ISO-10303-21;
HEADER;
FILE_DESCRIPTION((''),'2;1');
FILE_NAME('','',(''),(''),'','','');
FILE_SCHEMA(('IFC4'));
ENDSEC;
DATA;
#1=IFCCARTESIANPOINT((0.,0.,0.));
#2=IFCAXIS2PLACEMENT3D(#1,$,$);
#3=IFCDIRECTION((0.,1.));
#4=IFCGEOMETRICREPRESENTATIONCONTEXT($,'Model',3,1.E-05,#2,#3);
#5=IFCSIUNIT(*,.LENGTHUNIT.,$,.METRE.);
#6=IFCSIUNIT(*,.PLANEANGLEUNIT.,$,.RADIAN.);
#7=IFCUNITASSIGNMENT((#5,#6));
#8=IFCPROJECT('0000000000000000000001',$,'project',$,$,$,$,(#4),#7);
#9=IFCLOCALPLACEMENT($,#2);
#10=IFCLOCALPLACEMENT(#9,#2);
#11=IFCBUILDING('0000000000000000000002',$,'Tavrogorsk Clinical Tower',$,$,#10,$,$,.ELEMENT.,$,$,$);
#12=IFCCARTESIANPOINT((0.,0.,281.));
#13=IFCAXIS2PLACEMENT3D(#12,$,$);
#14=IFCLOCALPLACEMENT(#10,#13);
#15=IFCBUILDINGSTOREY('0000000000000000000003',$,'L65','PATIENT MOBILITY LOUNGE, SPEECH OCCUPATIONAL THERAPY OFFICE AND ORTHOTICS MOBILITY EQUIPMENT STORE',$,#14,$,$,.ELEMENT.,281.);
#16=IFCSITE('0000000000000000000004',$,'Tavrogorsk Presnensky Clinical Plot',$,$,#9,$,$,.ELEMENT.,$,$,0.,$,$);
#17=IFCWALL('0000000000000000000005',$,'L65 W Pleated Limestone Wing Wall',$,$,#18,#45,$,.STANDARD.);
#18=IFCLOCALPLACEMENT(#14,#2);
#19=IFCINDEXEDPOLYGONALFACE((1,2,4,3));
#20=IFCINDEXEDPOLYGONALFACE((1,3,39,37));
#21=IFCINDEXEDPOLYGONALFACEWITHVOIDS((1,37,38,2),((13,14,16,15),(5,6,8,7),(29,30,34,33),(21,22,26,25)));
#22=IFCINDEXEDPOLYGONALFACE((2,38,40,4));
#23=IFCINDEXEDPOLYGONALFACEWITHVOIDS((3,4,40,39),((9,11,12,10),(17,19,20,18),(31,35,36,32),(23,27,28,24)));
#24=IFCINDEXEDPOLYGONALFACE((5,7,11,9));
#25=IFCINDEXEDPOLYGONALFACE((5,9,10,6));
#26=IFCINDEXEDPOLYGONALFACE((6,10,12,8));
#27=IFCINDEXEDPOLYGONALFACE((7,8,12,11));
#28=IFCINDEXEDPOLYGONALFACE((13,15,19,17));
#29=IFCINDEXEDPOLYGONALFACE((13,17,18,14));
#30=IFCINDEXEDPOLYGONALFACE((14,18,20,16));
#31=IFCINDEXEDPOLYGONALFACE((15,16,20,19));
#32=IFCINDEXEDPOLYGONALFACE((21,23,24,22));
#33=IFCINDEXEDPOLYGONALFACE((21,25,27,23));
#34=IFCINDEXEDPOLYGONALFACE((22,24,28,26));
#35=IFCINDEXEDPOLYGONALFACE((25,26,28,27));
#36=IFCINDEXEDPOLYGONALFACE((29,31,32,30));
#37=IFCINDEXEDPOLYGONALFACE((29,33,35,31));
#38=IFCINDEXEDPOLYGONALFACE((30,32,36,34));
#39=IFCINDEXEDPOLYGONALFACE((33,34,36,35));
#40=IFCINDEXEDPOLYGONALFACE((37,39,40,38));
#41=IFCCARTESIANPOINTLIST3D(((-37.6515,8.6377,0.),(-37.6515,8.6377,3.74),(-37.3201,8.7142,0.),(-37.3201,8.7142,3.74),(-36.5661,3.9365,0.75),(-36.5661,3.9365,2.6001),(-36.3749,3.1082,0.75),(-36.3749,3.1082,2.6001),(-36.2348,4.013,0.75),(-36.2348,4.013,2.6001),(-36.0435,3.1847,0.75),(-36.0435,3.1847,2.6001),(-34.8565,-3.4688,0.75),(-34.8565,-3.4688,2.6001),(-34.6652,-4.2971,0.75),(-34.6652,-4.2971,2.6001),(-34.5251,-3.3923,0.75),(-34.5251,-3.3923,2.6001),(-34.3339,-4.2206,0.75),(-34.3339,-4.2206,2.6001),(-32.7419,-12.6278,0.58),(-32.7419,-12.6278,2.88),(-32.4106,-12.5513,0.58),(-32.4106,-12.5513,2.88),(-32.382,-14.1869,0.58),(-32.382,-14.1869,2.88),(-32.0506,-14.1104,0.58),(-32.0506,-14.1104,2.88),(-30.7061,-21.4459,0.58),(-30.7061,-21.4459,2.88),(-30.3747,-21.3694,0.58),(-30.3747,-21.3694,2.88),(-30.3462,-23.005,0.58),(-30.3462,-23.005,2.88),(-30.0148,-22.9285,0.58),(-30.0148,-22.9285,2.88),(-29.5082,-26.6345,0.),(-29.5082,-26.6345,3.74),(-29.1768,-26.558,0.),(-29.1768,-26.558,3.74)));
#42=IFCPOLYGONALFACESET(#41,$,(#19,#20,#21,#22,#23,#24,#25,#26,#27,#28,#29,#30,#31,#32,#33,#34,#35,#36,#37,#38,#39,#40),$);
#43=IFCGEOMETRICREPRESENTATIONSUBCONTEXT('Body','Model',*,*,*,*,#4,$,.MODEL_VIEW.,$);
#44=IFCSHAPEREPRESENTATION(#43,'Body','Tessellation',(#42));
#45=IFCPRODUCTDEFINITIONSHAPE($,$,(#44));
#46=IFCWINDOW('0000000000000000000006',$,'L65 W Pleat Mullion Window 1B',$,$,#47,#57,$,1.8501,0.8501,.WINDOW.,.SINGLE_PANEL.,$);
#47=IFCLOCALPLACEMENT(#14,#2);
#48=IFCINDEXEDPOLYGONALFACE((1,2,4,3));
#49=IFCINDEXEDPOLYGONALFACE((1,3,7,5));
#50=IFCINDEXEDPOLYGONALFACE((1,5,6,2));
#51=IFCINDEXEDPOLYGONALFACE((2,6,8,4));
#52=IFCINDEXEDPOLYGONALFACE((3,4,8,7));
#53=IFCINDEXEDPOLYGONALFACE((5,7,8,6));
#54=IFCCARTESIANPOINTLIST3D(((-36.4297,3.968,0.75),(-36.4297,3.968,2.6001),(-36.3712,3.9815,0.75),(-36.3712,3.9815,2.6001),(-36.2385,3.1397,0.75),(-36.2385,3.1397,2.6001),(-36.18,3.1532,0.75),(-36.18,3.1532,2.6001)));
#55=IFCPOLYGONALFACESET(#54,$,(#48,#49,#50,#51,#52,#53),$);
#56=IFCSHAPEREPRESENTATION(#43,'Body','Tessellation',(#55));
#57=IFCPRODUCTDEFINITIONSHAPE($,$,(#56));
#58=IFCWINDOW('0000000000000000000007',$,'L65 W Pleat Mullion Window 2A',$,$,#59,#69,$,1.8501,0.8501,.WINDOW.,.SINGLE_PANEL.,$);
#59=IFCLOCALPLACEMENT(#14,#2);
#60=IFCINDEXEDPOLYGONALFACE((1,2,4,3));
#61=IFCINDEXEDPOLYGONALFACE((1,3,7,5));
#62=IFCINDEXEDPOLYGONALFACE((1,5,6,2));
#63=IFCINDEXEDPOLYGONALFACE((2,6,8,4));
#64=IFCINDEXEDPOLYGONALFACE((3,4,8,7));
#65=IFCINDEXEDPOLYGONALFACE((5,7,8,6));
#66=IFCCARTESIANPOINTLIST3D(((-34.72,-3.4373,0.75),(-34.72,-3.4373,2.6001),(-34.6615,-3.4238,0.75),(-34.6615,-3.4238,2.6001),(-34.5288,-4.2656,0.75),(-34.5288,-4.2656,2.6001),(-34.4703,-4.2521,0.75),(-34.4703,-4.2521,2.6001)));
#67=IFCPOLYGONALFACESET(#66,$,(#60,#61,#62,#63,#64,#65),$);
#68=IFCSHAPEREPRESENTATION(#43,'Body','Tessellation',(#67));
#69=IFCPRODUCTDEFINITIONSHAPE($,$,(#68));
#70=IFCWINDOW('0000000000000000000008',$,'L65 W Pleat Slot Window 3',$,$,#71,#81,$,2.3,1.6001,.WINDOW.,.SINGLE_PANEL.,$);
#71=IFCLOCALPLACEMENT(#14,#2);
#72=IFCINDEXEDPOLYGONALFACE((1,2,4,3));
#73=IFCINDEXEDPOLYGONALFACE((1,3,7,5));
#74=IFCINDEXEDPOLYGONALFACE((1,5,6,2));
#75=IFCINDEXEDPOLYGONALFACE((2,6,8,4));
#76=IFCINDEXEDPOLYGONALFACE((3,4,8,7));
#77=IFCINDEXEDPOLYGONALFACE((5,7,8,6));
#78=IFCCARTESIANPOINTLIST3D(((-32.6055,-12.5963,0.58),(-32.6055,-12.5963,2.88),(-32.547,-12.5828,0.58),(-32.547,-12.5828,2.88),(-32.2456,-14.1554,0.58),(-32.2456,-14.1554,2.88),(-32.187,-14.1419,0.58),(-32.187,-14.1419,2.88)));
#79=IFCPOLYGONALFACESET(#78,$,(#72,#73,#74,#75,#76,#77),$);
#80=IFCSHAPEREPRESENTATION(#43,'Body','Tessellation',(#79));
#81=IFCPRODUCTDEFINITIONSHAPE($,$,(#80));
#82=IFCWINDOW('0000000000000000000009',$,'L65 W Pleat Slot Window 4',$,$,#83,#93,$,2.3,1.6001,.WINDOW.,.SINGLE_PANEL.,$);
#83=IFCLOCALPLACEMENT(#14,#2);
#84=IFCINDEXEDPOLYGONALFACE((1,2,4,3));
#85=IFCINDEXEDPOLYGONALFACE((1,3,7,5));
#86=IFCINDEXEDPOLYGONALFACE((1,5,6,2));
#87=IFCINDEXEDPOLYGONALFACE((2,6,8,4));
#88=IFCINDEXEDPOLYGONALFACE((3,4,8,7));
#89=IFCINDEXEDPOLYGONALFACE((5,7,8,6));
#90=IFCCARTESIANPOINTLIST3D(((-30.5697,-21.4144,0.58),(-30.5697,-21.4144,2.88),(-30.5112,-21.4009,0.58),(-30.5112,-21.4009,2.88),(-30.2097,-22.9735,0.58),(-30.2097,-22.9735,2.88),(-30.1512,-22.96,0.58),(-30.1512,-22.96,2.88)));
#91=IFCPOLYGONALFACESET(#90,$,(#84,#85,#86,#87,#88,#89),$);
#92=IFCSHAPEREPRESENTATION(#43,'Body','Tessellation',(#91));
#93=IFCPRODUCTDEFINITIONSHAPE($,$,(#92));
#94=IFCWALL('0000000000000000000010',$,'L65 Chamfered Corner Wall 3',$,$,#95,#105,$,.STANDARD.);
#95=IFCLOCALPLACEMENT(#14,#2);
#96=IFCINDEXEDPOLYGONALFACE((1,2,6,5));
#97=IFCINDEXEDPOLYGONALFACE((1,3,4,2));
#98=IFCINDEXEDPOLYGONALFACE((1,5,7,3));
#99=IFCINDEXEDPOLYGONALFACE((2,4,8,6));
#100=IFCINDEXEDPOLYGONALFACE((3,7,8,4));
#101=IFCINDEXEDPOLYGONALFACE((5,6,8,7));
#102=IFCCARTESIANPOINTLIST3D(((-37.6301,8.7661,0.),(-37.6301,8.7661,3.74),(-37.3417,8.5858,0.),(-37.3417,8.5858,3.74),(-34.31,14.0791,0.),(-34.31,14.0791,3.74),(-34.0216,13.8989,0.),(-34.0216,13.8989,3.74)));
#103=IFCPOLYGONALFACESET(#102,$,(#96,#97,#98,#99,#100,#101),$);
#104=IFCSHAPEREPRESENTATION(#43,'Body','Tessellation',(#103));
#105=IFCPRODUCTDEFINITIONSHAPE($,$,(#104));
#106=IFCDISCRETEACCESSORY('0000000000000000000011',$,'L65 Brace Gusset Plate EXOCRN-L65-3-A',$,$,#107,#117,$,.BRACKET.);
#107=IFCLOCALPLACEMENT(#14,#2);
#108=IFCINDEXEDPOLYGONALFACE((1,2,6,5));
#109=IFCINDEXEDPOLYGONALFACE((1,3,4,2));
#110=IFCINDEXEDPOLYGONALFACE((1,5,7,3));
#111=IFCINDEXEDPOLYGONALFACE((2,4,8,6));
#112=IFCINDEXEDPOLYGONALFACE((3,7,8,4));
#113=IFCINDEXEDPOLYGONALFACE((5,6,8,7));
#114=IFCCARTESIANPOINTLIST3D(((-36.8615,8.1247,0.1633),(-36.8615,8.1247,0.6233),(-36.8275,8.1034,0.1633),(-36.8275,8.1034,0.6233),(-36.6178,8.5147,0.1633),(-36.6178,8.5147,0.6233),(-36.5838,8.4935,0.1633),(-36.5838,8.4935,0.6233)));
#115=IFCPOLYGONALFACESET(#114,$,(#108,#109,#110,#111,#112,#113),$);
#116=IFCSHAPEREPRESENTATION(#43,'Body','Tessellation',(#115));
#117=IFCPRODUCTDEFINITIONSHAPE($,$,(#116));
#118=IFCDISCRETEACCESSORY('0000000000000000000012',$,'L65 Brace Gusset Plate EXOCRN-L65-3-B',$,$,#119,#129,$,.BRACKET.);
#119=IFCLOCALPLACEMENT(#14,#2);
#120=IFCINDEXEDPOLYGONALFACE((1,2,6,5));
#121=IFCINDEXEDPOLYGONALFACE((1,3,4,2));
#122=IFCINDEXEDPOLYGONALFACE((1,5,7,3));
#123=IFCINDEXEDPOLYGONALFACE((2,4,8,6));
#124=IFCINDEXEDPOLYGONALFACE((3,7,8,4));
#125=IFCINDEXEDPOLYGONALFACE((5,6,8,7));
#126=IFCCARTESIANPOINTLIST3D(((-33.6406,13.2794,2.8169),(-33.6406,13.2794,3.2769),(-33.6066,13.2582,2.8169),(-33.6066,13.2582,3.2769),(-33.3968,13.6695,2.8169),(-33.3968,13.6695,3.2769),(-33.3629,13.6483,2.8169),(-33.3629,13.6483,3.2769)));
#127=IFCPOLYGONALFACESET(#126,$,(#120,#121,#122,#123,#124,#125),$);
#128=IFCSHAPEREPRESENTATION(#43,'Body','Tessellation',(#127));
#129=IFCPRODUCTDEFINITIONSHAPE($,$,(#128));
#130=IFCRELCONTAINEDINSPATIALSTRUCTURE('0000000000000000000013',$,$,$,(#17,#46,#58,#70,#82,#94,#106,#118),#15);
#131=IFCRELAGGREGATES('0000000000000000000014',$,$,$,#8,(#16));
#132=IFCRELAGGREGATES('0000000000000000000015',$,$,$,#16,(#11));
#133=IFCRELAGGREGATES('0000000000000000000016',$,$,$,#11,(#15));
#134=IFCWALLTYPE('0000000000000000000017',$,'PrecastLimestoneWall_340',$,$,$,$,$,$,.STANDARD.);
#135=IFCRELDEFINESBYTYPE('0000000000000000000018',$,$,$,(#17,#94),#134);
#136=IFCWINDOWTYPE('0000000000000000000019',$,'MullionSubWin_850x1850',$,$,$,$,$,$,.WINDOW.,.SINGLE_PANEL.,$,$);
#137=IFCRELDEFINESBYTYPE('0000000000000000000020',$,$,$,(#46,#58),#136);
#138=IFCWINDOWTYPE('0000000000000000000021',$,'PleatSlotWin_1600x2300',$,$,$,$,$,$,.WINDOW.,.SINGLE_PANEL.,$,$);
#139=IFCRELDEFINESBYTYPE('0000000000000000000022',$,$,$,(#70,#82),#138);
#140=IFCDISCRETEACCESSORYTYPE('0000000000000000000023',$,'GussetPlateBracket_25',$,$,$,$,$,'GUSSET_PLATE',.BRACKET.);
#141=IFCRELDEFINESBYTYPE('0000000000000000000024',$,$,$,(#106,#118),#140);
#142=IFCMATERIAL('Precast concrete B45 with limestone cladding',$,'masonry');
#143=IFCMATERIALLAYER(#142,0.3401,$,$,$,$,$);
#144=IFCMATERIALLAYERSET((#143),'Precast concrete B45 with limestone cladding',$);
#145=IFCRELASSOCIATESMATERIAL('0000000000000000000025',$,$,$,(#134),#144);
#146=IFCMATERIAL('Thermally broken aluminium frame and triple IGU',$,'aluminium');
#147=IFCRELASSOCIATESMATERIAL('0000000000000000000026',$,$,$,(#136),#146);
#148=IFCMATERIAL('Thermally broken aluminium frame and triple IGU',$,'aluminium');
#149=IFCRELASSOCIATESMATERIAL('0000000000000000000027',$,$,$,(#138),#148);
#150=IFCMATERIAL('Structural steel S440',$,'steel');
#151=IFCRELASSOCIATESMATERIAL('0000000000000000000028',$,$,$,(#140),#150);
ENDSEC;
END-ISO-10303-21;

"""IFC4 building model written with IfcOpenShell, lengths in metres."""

from ifc_helpers import new_model, si_unit, direction, frame, frame_2d, origin, origin_2d, place, context, subcontext, project, spatial, rectangle, extrude, material, layer, layer_set, type_object, element, fill, save


model = new_model("IFC4")

# Units and contexts
model_context = context("Model", 3, precision=1e-05, world=origin(), true_north=direction((0.0, 1.0)))
body_context = subcontext(model_context, "Body", "Model", "MODEL_VIEW")
ifc_project = project(units=[si_unit("LENGTHUNIT", "METRE"), si_unit("PLANEANGLEUNIT", "RADIAN")], contexts=[model_context])

# Site, building, storey
site_placement = place(None, origin())
site = spatial("IfcSite", under=ifc_project, at=site_placement, Name="Tavrogorsk Presnensky Clinical Plot", CompositionType="ELEMENT", RefElevation=0.0)
building_placement = place(site_placement, origin())
building = spatial("IfcBuilding", under=site, at=building_placement, Name="Tavrogorsk Clinical Tower", CompositionType="ELEMENT")
storey_placement = place(building_placement, frame((0.0, 0.0, 281.0)))
storey = spatial("IfcBuildingStorey", under=building, at=storey_placement, Name="L65", Description="PATIENT MOBILITY LOUNGE, SPEECH OCCUPATIONAL THERAPY OFFICE AND ORTHOTICS MOBILITY EQUIPMENT STORE", CompositionType="ELEMENT", Elevation=281.0)

# Wall, openings, windows
ifc_material_1 = material(Name="Precast concrete B45 with limestone cladding", Category="masonry")
ifc_layer_1 = layer(ifc_material_1, 0.3401)
ifc_layer_set_1 = layer_set([ifc_layer_1], Name="Precast concrete B45 with limestone cladding")
wall_type_1 = type_object("IfcWallType", Name="PrecastLimestoneWall_340", PredefinedType="STANDARD", material=ifc_layer_set_1)
wall_1_placement = place(storey_placement, frame((-37.4858, 8.676, 0.0), z_axis=(0.0, 0.0, 1.0), x_axis=(0.224953, -0.97437, 0.0)))
wall_1 = element("IfcWall", 1, at=wall_1_placement, inside=storey, type_object=wall_type_1, Name="L65 W Pleated Limestone Wing Wall", PredefinedType="STANDARD", context=body_context, shape_type="SweptSolid", body=[
    extrude(rectangle(XDim=36.2, YDim=0.3401, at=frame_2d((18.1001, 0.0))), origin(), (0.0, 0.0, 1.0), 3.74),
])
opening_1_placement = place(wall_1_placement, frame((4.825, 0.0, 0.75)))
opening_1 = element("IfcOpeningElement", 2, at=opening_1_placement, cuts=wall_1, PredefinedType="OPENING", context=body_context, shape_type="SweptSolid", body=[
    extrude(rectangle(XDim=0.8501, YDim=1.8501, at=frame_2d((0.425, 0.925))), frame((0.0, 0.1799, 0.0), z_axis=(0.0, -1.0, 0.0), x_axis=(1.0, 0.0, 0.0)), (0.0, 0.0, 1.0), 0.3601),
])
opening_2_placement = place(wall_1_placement, frame((12.425, 0.0, 0.75)))
opening_2 = element("IfcOpeningElement", 3, at=opening_2_placement, cuts=wall_1, PredefinedType="OPENING", context=body_context, shape_type="SweptSolid", body=[
    extrude(rectangle(XDim=0.8501, YDim=1.8501, at=frame_2d((0.425, 0.925))), frame((0.0, 0.1799, 0.0), z_axis=(0.0, -1.0, 0.0), x_axis=(1.0, 0.0, 0.0)), (0.0, 0.0, 1.0), 0.3601),
])
opening_3_placement = place(wall_1_placement, frame((21.825, 0.0, 0.5801)))
opening_3 = element("IfcOpeningElement", 4, at=opening_3_placement, cuts=wall_1, PredefinedType="OPENING", context=body_context, shape_type="SweptSolid", body=[
    extrude(rectangle(XDim=1.6001, YDim=2.3, at=frame_2d((0.8, 1.1499))), frame((0.0, 0.1799, 0.0), z_axis=(0.0, -1.0, 0.0), x_axis=(1.0, 0.0, 0.0)), (0.0, 0.0, 1.0), 0.3601),
])
opening_4_placement = place(wall_1_placement, frame((30.875, 0.0, 0.5801)))
opening_4 = element("IfcOpeningElement", 5, at=opening_4_placement, cuts=wall_1, PredefinedType="OPENING", context=body_context, shape_type="SweptSolid", body=[
    extrude(rectangle(XDim=1.6001, YDim=2.3, at=frame_2d((0.8, 1.1499))), frame((0.0, 0.1799, 0.0), z_axis=(0.0, -1.0, 0.0), x_axis=(1.0, 0.0, 0.0)), (0.0, 0.0, 1.0), 0.3601),
])
ifc_material_2 = material(Name="Thermally broken aluminium frame and triple IGU", Category="aluminium")
window_type_1 = type_object("IfcWindowType", Name="MullionSubWin_850x1850", PartitioningType="SINGLE_PANEL", PredefinedType="WINDOW", material=ifc_material_2)
window_1_placement = place(opening_1_placement, origin())
window_1 = element("IfcWindow", 6, at=window_1_placement, inside=storey, type_object=window_type_1, Name="L65 W Pleat Mullion Window 1B", OverallHeight=1.8501, OverallWidth=0.8501, PartitioningType="SINGLE_PANEL", PredefinedType="WINDOW", context=body_context, shape_type="SweptSolid", body=[
    extrude(rectangle(XDim=0.8501, YDim=1.8501, at=frame_2d((0.425, 0.925))), frame((0.0, 0.03, 0.0), z_axis=(0.0, -1.0, 0.0), x_axis=(1.0, 0.0, 0.0)), (0.0, 0.0, 1.0), 0.0601),
])
fill(opening_1, window_1)
window_2_placement = place(opening_2_placement, origin())
window_2 = element("IfcWindow", 7, at=window_2_placement, inside=storey, type_object=window_type_1, Name="L65 W Pleat Mullion Window 2A", OverallHeight=1.8501, OverallWidth=0.8501, PartitioningType="SINGLE_PANEL", PredefinedType="WINDOW", context=body_context, shape_type="SweptSolid", body=[
    extrude(rectangle(XDim=0.8501, YDim=1.8501, at=frame_2d((0.425, 0.925))), frame((0.0, 0.03, 0.0), z_axis=(0.0, -1.0, 0.0), x_axis=(1.0, 0.0, 0.0)), (0.0, 0.0, 1.0), 0.0601),
])
fill(opening_2, window_2)
ifc_material_3 = material(Name="Thermally broken aluminium frame and triple IGU", Category="aluminium")
window_type_2 = type_object("IfcWindowType", Name="PleatSlotWin_1600x2300", PartitioningType="SINGLE_PANEL", PredefinedType="WINDOW", material=ifc_material_3)
window_3_placement = place(opening_3_placement, origin())
window_3 = element("IfcWindow", 8, at=window_3_placement, inside=storey, type_object=window_type_2, Name="L65 W Pleat Slot Window 3", OverallHeight=2.3, OverallWidth=1.6001, PartitioningType="SINGLE_PANEL", PredefinedType="WINDOW", context=body_context, shape_type="SweptSolid", body=[
    extrude(rectangle(XDim=1.6001, YDim=2.3, at=frame_2d((0.8, 1.1499))), frame((0.0, 0.03, 0.0), z_axis=(0.0, -1.0, 0.0), x_axis=(1.0, 0.0, 0.0)), (0.0, 0.0, 1.0), 0.0601),
])
fill(opening_3, window_3)
window_4_placement = place(opening_4_placement, origin())
window_4 = element("IfcWindow", 9, at=window_4_placement, inside=storey, type_object=window_type_2, Name="L65 W Pleat Slot Window 4", OverallHeight=2.3, OverallWidth=1.6001, PartitioningType="SINGLE_PANEL", PredefinedType="WINDOW", context=body_context, shape_type="SweptSolid", body=[
    extrude(rectangle(XDim=1.6001, YDim=2.3, at=frame_2d((0.8, 1.1499))), frame((0.0, 0.03, 0.0), z_axis=(0.0, -1.0, 0.0), x_axis=(1.0, 0.0, 0.0)), (0.0, 0.0, 1.0), 0.0601),
])
fill(opening_4, window_4)

# Wall
wall_2_placement = place(storey_placement, frame((-34.1658, 13.989, 0.0), z_axis=(0.0, 0.0, 1.0), x_axis=(-0.529936, -0.848038, 0.0)))
element("IfcWall", 10, at=wall_2_placement, inside=storey, type_object=wall_type_1, Name="L65 Chamfered Corner Wall 3", PredefinedType="STANDARD", context=body_context, shape_type="SweptSolid", body=[
    extrude(rectangle(XDim=6.2651, YDim=0.3401, at=frame_2d((3.1326, 0.0))), origin(), (0.0, 0.0, 1.0), 3.74),
])

# Discrete accessories
ifc_material_4 = material(Name="Structural steel S440", Category="steel")
discrete_accessory_type = type_object("IfcDiscreteAccessoryType", Name="GussetPlateBracket_25", ElementType="GUSSET_PLATE", PredefinedType="BRACKET", material=ifc_material_4)
for number, where, z_axis, x_axis, name in (
    (11, (-36.7227, 8.3091, 0.1633), (0.0, 0.0, 1.0), (0.529919, 0.848048, 0.0), "L65 Brace Gusset Plate EXOCRN-L65-3-A"),
    (12, (-33.5017, 13.4639, 2.8169), (0.0, 0.0, 1.0), (0.529919, 0.848048, 0.0), "L65 Brace Gusset Plate EXOCRN-L65-3-B"),
):
    element("IfcDiscreteAccessory", number, at=place(storey_placement, frame(where, z_axis=z_axis, x_axis=x_axis)), inside=storey, type_object=discrete_accessory_type, Name=name, PredefinedType="BRACKET", context=body_context, shape_type="SweptSolid", body=[
        extrude(rectangle(XDim=0.46, YDim=0.04, at=origin_2d()), origin(), (0.0, 0.0, 1.0), 0.46),
    ])

save(model, "model.ifc")
